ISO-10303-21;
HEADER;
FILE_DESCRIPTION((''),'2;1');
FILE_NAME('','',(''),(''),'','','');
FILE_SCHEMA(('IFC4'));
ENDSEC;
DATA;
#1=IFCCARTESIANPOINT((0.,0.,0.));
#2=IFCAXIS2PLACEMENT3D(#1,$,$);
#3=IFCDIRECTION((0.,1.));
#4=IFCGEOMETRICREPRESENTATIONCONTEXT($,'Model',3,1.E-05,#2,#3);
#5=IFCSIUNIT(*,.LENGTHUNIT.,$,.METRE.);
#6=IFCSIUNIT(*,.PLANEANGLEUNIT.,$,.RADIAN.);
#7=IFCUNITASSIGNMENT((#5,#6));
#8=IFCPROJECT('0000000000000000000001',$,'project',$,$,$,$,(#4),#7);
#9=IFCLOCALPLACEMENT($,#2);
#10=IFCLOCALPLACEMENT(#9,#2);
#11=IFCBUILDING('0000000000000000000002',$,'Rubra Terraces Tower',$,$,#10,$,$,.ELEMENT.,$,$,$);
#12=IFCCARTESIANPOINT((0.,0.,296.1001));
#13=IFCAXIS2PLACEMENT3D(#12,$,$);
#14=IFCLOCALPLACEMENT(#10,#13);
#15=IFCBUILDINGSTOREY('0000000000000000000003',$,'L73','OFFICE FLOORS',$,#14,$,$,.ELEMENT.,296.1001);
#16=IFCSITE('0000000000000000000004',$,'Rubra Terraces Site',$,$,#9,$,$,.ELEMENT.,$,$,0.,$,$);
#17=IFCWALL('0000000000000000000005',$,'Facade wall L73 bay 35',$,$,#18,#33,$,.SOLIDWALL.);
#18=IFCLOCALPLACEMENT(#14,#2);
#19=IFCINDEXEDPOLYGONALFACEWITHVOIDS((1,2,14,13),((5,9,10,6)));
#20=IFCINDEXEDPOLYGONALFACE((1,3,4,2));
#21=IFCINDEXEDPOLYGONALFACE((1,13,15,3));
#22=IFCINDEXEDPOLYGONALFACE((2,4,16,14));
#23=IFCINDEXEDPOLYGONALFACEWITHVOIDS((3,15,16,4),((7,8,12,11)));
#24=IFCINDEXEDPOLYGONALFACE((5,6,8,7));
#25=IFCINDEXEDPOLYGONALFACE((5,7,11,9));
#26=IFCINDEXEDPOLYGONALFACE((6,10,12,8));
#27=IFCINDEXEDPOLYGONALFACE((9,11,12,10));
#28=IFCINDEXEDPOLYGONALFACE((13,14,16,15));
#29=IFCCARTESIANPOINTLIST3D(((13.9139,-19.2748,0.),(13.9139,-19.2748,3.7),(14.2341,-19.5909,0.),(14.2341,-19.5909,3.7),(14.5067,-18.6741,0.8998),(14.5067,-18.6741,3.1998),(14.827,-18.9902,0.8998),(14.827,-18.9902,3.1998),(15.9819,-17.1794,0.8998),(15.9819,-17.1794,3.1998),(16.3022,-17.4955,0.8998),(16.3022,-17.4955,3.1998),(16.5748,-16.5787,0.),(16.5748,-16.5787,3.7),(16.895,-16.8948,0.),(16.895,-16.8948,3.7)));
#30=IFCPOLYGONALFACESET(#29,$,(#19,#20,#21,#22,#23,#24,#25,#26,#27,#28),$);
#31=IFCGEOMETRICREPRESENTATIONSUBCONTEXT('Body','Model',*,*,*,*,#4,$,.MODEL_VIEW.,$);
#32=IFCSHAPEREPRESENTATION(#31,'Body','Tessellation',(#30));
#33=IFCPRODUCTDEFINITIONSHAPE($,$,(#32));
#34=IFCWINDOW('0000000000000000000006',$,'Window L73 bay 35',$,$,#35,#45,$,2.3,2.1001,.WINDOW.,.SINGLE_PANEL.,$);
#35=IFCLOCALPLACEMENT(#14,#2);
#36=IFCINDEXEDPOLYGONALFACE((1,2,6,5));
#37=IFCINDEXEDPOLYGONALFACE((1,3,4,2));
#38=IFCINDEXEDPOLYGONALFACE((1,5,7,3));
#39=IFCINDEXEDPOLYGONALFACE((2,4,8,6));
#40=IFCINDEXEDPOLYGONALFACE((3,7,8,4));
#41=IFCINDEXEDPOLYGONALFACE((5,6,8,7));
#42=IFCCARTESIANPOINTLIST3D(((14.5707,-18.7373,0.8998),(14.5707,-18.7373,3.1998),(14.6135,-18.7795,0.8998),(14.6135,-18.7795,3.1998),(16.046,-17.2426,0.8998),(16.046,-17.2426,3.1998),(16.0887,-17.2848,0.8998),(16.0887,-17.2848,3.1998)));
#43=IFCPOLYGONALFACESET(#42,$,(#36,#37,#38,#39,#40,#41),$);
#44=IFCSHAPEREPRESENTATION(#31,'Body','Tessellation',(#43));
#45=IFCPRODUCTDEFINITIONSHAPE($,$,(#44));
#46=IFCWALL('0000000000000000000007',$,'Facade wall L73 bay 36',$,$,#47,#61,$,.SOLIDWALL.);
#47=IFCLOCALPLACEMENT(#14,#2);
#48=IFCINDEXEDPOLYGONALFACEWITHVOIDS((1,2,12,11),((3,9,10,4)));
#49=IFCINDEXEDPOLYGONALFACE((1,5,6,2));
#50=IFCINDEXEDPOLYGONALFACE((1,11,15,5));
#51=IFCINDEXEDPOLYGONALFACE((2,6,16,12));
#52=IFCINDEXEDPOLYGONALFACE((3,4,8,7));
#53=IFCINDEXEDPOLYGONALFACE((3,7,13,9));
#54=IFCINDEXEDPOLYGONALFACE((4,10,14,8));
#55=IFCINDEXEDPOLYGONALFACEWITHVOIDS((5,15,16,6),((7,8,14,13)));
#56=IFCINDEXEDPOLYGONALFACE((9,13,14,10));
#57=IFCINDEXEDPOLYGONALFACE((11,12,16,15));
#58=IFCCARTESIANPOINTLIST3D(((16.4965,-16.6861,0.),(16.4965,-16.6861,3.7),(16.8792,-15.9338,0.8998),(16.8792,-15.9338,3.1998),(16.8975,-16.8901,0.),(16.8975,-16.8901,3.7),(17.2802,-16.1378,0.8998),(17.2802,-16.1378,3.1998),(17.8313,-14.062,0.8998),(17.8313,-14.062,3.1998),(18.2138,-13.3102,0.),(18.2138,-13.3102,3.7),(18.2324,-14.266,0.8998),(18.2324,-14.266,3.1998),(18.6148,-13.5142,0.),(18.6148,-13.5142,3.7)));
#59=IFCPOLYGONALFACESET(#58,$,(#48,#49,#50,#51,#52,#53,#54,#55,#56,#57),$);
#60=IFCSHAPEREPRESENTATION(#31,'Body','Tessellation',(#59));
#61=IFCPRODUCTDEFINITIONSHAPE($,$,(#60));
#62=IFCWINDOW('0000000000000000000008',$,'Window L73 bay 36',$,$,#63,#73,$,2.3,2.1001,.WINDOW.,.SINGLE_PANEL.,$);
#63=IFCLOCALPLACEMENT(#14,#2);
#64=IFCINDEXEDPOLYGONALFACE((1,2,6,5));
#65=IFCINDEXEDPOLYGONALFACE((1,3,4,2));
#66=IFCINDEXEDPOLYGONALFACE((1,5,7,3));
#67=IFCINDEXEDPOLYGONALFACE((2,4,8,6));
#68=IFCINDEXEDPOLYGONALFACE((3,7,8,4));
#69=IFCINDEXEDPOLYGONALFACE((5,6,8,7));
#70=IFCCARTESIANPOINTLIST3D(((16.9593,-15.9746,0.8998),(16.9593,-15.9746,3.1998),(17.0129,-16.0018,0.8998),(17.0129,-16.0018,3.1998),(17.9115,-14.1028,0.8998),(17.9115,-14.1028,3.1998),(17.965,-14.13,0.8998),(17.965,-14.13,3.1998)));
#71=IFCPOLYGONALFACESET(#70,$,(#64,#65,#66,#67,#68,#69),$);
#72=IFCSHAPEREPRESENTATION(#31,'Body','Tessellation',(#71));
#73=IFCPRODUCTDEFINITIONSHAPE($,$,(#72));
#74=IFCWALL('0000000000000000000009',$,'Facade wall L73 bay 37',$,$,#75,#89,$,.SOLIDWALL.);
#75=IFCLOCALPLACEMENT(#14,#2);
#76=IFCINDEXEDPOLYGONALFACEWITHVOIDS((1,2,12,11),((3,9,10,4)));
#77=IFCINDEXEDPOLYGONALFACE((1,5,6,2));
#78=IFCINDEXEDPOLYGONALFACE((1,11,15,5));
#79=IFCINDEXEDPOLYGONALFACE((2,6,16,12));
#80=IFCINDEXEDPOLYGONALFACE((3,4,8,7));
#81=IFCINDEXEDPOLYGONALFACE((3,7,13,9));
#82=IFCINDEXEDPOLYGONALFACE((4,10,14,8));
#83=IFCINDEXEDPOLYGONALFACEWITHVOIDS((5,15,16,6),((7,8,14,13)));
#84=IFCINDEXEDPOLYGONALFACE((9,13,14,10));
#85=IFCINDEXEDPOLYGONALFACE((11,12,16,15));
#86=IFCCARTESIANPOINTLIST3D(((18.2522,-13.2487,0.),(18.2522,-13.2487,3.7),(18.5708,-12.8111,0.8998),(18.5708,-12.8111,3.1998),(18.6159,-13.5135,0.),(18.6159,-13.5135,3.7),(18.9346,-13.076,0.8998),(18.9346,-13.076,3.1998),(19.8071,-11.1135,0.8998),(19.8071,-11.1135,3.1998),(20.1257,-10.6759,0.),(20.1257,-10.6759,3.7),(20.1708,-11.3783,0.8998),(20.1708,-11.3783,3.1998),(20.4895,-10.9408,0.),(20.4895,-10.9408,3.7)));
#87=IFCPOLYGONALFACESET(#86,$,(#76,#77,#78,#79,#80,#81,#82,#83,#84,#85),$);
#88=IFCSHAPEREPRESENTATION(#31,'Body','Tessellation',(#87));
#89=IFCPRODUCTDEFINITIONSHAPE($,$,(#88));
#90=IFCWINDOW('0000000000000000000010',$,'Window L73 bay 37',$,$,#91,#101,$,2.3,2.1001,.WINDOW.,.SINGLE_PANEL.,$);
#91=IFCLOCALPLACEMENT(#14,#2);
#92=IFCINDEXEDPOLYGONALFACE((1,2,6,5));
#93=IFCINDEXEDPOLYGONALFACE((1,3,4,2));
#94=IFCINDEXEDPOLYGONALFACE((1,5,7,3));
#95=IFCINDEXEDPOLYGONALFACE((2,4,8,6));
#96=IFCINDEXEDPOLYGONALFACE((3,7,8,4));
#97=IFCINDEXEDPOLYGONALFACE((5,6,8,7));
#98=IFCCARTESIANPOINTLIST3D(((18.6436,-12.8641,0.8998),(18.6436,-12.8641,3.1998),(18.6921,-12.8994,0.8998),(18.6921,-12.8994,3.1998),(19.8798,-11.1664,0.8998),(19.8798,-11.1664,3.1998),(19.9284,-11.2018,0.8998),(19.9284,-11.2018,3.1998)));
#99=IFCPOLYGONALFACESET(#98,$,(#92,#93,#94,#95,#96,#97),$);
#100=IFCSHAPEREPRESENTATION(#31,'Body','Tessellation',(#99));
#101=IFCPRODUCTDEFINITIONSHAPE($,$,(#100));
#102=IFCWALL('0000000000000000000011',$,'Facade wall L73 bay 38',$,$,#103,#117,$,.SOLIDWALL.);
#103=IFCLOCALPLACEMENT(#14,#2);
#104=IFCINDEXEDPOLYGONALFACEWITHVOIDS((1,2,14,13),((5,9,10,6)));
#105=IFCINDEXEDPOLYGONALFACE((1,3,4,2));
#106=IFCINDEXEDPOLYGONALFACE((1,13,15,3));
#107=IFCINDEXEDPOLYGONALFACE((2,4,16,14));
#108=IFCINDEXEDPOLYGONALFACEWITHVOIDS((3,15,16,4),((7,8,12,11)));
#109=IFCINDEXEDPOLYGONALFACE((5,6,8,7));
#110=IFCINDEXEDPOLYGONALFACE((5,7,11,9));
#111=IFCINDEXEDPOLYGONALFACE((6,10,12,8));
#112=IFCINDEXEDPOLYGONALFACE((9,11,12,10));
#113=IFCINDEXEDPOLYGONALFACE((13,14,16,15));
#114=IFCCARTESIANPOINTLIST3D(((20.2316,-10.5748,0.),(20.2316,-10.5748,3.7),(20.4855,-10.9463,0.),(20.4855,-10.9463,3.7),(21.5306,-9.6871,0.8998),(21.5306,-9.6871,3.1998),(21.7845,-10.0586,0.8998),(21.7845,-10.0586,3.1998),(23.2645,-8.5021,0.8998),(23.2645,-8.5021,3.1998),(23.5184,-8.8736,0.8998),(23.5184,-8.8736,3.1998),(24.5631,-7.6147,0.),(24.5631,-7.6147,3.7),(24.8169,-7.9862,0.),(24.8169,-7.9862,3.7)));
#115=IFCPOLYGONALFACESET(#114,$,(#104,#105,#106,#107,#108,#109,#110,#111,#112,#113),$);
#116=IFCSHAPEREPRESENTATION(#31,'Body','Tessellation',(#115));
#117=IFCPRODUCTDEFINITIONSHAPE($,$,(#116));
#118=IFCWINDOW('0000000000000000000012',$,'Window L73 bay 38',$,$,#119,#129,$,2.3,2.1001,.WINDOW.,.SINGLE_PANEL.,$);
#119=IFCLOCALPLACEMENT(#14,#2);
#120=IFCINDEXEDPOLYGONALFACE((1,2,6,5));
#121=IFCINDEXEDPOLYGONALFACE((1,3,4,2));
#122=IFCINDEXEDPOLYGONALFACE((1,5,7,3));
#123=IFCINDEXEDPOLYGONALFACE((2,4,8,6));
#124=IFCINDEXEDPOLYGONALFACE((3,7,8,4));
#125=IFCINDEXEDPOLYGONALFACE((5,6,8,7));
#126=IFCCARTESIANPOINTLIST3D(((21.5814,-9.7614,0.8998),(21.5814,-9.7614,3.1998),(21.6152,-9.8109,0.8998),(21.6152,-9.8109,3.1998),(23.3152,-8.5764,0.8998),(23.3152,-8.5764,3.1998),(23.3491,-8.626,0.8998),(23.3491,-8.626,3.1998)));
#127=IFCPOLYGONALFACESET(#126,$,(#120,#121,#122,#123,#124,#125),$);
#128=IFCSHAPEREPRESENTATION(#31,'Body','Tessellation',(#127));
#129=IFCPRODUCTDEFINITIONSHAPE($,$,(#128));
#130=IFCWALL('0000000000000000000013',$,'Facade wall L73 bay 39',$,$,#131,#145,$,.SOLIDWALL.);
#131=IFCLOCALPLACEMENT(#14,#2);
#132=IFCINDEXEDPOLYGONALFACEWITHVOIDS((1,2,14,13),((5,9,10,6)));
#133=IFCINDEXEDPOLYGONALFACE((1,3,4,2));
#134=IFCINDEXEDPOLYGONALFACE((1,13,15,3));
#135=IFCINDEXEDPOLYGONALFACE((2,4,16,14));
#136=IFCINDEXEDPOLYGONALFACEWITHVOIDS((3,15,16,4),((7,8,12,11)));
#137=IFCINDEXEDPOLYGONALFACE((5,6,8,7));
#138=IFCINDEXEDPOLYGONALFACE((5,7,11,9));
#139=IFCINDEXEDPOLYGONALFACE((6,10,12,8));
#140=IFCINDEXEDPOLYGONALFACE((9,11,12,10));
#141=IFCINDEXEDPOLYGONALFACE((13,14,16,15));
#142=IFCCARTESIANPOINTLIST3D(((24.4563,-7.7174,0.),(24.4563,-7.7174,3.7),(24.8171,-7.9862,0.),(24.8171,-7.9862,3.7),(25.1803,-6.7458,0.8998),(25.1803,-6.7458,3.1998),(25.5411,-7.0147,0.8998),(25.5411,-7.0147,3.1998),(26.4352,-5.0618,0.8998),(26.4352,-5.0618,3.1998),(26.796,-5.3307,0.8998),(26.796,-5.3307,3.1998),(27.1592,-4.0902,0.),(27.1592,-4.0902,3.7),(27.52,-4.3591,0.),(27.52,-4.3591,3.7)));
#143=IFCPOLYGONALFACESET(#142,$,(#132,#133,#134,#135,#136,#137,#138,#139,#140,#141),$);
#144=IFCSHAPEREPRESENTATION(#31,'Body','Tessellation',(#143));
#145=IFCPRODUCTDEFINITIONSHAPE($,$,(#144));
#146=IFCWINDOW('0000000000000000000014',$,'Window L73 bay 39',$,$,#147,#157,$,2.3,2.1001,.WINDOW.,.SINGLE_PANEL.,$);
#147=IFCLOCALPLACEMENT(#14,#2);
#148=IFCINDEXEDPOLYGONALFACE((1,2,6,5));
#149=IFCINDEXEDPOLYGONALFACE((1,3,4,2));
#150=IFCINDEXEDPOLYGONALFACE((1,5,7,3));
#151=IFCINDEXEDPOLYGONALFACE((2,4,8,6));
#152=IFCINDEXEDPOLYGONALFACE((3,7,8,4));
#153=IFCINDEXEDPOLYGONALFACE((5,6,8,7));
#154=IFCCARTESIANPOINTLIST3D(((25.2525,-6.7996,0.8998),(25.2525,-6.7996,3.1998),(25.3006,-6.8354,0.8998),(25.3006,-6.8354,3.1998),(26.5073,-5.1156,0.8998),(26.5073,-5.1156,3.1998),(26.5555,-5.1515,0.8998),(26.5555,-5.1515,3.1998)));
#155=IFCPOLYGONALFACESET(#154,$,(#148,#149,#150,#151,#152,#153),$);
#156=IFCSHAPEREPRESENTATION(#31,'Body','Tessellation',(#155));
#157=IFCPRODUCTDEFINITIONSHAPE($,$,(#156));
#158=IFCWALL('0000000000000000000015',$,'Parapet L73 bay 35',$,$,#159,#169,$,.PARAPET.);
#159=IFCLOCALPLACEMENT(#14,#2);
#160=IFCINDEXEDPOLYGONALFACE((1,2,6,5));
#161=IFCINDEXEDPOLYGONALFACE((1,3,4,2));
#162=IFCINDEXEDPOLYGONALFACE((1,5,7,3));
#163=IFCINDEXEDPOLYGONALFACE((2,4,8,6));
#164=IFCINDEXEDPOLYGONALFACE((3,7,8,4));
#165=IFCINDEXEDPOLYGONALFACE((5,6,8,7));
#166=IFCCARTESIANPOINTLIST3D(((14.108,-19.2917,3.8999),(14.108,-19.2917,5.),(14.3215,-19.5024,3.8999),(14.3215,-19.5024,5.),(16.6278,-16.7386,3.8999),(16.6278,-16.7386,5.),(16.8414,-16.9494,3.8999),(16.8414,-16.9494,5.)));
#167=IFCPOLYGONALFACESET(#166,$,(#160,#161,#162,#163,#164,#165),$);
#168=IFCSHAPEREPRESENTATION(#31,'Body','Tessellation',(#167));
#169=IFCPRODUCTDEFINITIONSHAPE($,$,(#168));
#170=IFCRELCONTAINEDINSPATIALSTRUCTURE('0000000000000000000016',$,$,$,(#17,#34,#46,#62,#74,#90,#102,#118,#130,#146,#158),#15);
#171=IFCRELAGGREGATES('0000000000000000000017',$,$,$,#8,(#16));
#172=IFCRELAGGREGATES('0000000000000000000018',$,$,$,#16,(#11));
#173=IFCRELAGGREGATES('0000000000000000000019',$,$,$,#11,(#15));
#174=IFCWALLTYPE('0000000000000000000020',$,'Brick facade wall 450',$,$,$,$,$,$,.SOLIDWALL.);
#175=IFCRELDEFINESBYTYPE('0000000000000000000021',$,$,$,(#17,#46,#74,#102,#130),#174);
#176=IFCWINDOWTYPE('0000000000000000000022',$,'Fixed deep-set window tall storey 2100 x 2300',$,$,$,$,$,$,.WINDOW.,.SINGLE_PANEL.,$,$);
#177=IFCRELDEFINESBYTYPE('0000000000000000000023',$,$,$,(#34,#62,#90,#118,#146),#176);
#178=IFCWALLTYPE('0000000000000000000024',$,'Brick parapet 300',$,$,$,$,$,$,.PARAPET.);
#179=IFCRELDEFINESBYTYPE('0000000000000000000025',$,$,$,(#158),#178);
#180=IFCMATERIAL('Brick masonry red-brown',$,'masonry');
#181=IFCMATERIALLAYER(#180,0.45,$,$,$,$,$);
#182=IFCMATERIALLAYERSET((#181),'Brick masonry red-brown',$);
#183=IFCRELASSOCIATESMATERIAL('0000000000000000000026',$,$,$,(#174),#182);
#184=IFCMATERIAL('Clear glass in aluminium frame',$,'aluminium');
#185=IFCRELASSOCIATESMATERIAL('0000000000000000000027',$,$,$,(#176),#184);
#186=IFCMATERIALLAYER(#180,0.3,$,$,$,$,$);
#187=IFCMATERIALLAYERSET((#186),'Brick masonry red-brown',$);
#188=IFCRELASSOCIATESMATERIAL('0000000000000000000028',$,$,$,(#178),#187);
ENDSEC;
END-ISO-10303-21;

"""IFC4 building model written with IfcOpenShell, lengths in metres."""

from ifc_helpers import new_model, si_unit, direction, frame, frame_2d, origin, place, context, subcontext, project, spatial, rectangle, extrude, material, layer, layer_set, type_object, element, fill, save


model = new_model("IFC4")

# Units and contexts
model_context = context("Model", 3, precision=1e-05, world=origin(), true_north=direction((0.0, 1.0)))
body_context = subcontext(model_context, "Body", "Model", "MODEL_VIEW")
ifc_project = project(units=[si_unit("LENGTHUNIT", "METRE"), si_unit("PLANEANGLEUNIT", "RADIAN")], contexts=[model_context])

# Site, building, storey
site_placement = place(None, origin())
site = spatial("IfcSite", under=ifc_project, at=site_placement, Name="Rubra Terraces Site", CompositionType="ELEMENT", RefElevation=0.0)
building_placement = place(site_placement, origin())
building = spatial("IfcBuilding", under=site, at=building_placement, Name="Rubra Terraces Tower", CompositionType="ELEMENT")
storey_placement = place(building_placement, frame((0.0, 0.0, 296.1001)))
storey = spatial("IfcBuildingStorey", under=building, at=storey_placement, Name="L73", Description="OFFICE FLOORS", CompositionType="ELEMENT", Elevation=296.1001)

# Walls, openings, windows
ifc_material_1 = material(Name="Brick masonry red-brown", Category="masonry")
ifc_layer_1 = layer(ifc_material_1, 0.45)
ifc_layer_set_1 = layer_set([ifc_layer_1], Name="Brick masonry red-brown")
wall_type_1 = type_object("IfcWallType", Name="Brick facade wall 450", PredefinedType="SOLIDWALL", material=ifc_layer_set_1)
wall_1_placement = place(storey_placement, frame((14.074, -19.4329, 0.0), z_axis=(0.0, 0.0, 1.0), x_axis=(0.702451, 0.711732, 0.0)))
wall_1 = element("IfcWall", 1, at=wall_1_placement, inside=storey, type_object=wall_type_1, Name="Facade wall L73 bay 35", PredefinedType="SOLIDWALL", context=body_context, shape_type="SweptSolid", body=[
    extrude(rectangle(XDim=3.7881, YDim=0.45, at=frame_2d((1.894, 0.0))), origin(), (0.0, 0.0, 1.0), 3.7),
])
opening_1_placement = place(wall_1_placement, frame((0.844, 0.0, 0.8999)))
opening_1 = element("IfcOpeningElement", 2, at=opening_1_placement, cuts=wall_1, PredefinedType="OPENING", context=body_context, shape_type="SweptSolid", body=[
    extrude(rectangle(XDim=2.1001, YDim=2.3, at=frame_2d((1.05, 1.1499))), frame((0.0, 0.2349, 0.0), z_axis=(0.0, -1.0, 0.0), x_axis=(1.0, 0.0, 0.0)), (0.0, 0.0, 1.0), 0.47),
])
ifc_material_2 = material(Name="Clear glass in aluminium frame", Category="aluminium")
window_type = type_object("IfcWindowType", Name="Fixed deep-set window tall storey 2100 x 2300", PartitioningType="SINGLE_PANEL", PredefinedType="WINDOW", material=ifc_material_2)
window_1_placement = place(opening_1_placement, origin())
window_1 = element("IfcWindow", 3, at=window_1_placement, inside=storey, type_object=window_type, Name="Window L73 bay 35", OverallHeight=2.3, OverallWidth=2.1001, PartitioningType="SINGLE_PANEL", PredefinedType="WINDOW", context=body_context, shape_type="SweptSolid", body=[
    extrude(rectangle(XDim=2.1001, YDim=2.3, at=frame_2d((1.05, 1.1499))), frame((0.0, 0.135, 0.0), z_axis=(0.0, -1.0, 0.0), x_axis=(1.0, 0.0, 0.0)), (0.0, 0.0, 1.0), 0.0601),
])
fill(opening_1, window_1)
wall_2_placement = place(storey_placement, frame((16.697, -16.7881, 0.0), z_axis=(0.0, 0.0, 1.0), x_axis=(0.453391, 0.891312, 0.0)))
wall_2 = element("IfcWall", 4, at=wall_2_placement, inside=storey, type_object=wall_type_1, Name="Facade wall L73 bay 36", PredefinedType="SOLIDWALL", context=body_context, shape_type="SweptSolid", body=[
    extrude(rectangle(XDim=3.7876, YDim=0.45, at=frame_2d((1.8938, 0.0))), origin(), (0.0, 0.0, 1.0), 3.7),
])
opening_2_placement = place(wall_2_placement, frame((0.844, 0.0, 0.8999)))
opening_2 = element("IfcOpeningElement", 5, at=opening_2_placement, cuts=wall_2, PredefinedType="OPENING", context=body_context, shape_type="SweptSolid", body=[
    extrude(rectangle(XDim=2.1001, YDim=2.3, at=frame_2d((1.05, 1.1499))), frame((0.0, 0.2349, 0.0), z_axis=(0.0, -1.0, 0.0), x_axis=(1.0, 0.0, 0.0)), (0.0, 0.0, 1.0), 0.47),
])
window_2_placement = place(opening_2_placement, origin())
window_2 = element("IfcWindow", 6, at=window_2_placement, inside=storey, type_object=window_type, Name="Window L73 bay 36", OverallHeight=2.3, OverallWidth=2.1001, PartitioningType="SINGLE_PANEL", PredefinedType="WINDOW", context=body_context, shape_type="SweptSolid", body=[
    extrude(rectangle(XDim=2.1001, YDim=2.3, at=frame_2d((1.05, 1.1499))), frame((0.0, 0.135, 0.0), z_axis=(0.0, -1.0, 0.0), x_axis=(1.0, 0.0, 0.0)), (0.0, 0.0, 1.0), 0.0601),
])
fill(opening_2, window_2)
wall_3_placement = place(storey_placement, frame((18.4341, -13.3811, 0.0), z_axis=(0.0, 0.0, 1.0), x_axis=(0.588673, 0.808371, 0.0)))
wall_3 = element("IfcWall", 7, at=wall_3_placement, inside=storey, type_object=wall_type_1, Name="Facade wall L73 bay 37", PredefinedType="SOLIDWALL", context=body_context, shape_type="SweptSolid", body=[
    extrude(rectangle(XDim=3.1826, YDim=0.45, at=frame_2d((1.5913, 0.0))), origin(), (0.0, 0.0, 1.0), 3.7),
])
opening_3_placement = place(wall_3_placement, frame((0.5413, 0.0, 0.8999)))
opening_3 = element("IfcOpeningElement", 8, at=opening_3_placement, cuts=wall_3, PredefinedType="OPENING", context=body_context, shape_type="SweptSolid", body=[
    extrude(rectangle(XDim=2.1001, YDim=2.3, at=frame_2d((1.05, 1.1499))), frame((0.0, 0.2349, 0.0), z_axis=(0.0, -1.0, 0.0), x_axis=(1.0, 0.0, 0.0)), (0.0, 0.0, 1.0), 0.47),
])
window_3_placement = place(opening_3_placement, origin())
window_3 = element("IfcWindow", 9, at=window_3_placement, inside=storey, type_object=window_type, Name="Window L73 bay 37", OverallHeight=2.3, OverallWidth=2.1001, PartitioningType="SINGLE_PANEL", PredefinedType="WINDOW", context=body_context, shape_type="SweptSolid", body=[
    extrude(rectangle(XDim=2.1001, YDim=2.3, at=frame_2d((1.05, 1.1499))), frame((0.0, 0.135, 0.0), z_axis=(0.0, -1.0, 0.0), x_axis=(1.0, 0.0, 0.0)), (0.0, 0.0, 1.0), 0.0601),
])
fill(opening_3, window_3)
wall_4_placement = place(storey_placement, frame((20.3586, -10.7605, 0.0), z_axis=(0.0, 0.0, 1.0), x_axis=(0.825616, 0.564232, 0.0)))
wall_4 = element("IfcWall", 10, at=wall_4_placement, inside=storey, type_object=wall_type_1, Name="Facade wall L73 bay 38", PredefinedType="SOLIDWALL", context=body_context, shape_type="SweptSolid", body=[
    extrude(rectangle(XDim=5.2463, YDim=0.45, at=frame_2d((2.623, 0.0))), origin(), (0.0, 0.0, 1.0), 3.7),
])
opening_4_placement = place(wall_4_placement, frame((1.5732, 0.0, 0.8999)))
opening_4 = element("IfcOpeningElement", 11, at=opening_4_placement, cuts=wall_4, PredefinedType="OPENING", context=body_context, shape_type="SweptSolid", body=[
    extrude(rectangle(XDim=2.1001, YDim=2.3, at=frame_2d((1.05, 1.1499))), frame((0.0, 0.2349, 0.0), z_axis=(0.0, -1.0, 0.0), x_axis=(1.0, 0.0, 0.0)), (0.0, 0.0, 1.0), 0.47),
])
window_4_placement = place(opening_4_placement, origin())
window_4 = element("IfcWindow", 12, at=window_4_placement, inside=storey, type_object=window_type, Name="Window L73 bay 38", OverallHeight=2.3, OverallWidth=2.1001, PartitioningType="SINGLE_PANEL", PredefinedType="WINDOW", context=body_context, shape_type="SweptSolid", body=[
    extrude(rectangle(XDim=2.1001, YDim=2.3, at=frame_2d((1.05, 1.1499))), frame((0.0, 0.135, 0.0), z_axis=(0.0, -1.0, 0.0), x_axis=(1.0, 0.0, 0.0)), (0.0, 0.0, 1.0), 0.0601),
])
fill(opening_4, window_4)
wall_5_placement = place(storey_placement, frame((24.6367, -7.8518, 0.0), z_axis=(0.0, 0.0, 1.0), x_axis=(0.597519, 0.801855, 0.0)))
wall_5 = element("IfcWall", 13, at=wall_5_placement, inside=storey, type_object=wall_type_1, Name="Facade wall L73 bay 39", PredefinedType="SOLIDWALL", context=body_context, shape_type="SweptSolid", body=[
    extrude(rectangle(XDim=4.5234, YDim=0.45, at=frame_2d((2.2617, 0.0))), origin(), (0.0, 0.0, 1.0), 3.7),
])
opening_5_placement = place(wall_5_placement, frame((1.2117, 0.0, 0.8999)))
opening_5 = element("IfcOpeningElement", 14, at=opening_5_placement, cuts=wall_5, PredefinedType="OPENING", context=body_context, shape_type="SweptSolid", body=[
    extrude(rectangle(XDim=2.1001, YDim=2.3, at=frame_2d((1.05, 1.1499))), frame((0.0, 0.2349, 0.0), z_axis=(0.0, -1.0, 0.0), x_axis=(1.0, 0.0, 0.0)), (0.0, 0.0, 1.0), 0.47),
])
window_5_placement = place(opening_5_placement, origin())
window_5 = element("IfcWindow", 15, at=window_5_placement, inside=storey, type_object=window_type, Name="Window L73 bay 39", OverallHeight=2.3, OverallWidth=2.1001, PartitioningType="SINGLE_PANEL", PredefinedType="WINDOW", context=body_context, shape_type="SweptSolid", body=[
    extrude(rectangle(XDim=2.1001, YDim=2.3, at=frame_2d((1.05, 1.1499))), frame((0.0, 0.135, 0.0), z_axis=(0.0, -1.0, 0.0), x_axis=(1.0, 0.0, 0.0)), (0.0, 0.0, 1.0), 0.0601),
])
fill(opening_5, window_5)

# Wall
ifc_layer_2 = layer(ifc_material_1, 0.3)
ifc_layer_set_2 = layer_set([ifc_layer_2], Name="Brick masonry red-brown")
wall_type_2 = type_object("IfcWallType", Name="Brick parapet 300", PredefinedType="PARAPET", material=ifc_layer_set_2)
wall_6_placement = place(storey_placement, frame((14.2148, -19.397, 3.8999), z_axis=(0.0, 0.0, 1.0), x_axis=(0.702463, 0.71172, 0.0)))
element("IfcWall", 16, at=wall_6_placement, inside=storey, type_object=wall_type_2, Name="Parapet L73 bay 35", PredefinedType="PARAPET", context=body_context, shape_type="SweptSolid", body=[
    extrude(rectangle(XDim=3.5872, YDim=0.3, at=frame_2d((1.7935, 0.0))), origin(), (0.0, 0.0, 1.0), 1.1001),
])

save(model, "model.ifc")
